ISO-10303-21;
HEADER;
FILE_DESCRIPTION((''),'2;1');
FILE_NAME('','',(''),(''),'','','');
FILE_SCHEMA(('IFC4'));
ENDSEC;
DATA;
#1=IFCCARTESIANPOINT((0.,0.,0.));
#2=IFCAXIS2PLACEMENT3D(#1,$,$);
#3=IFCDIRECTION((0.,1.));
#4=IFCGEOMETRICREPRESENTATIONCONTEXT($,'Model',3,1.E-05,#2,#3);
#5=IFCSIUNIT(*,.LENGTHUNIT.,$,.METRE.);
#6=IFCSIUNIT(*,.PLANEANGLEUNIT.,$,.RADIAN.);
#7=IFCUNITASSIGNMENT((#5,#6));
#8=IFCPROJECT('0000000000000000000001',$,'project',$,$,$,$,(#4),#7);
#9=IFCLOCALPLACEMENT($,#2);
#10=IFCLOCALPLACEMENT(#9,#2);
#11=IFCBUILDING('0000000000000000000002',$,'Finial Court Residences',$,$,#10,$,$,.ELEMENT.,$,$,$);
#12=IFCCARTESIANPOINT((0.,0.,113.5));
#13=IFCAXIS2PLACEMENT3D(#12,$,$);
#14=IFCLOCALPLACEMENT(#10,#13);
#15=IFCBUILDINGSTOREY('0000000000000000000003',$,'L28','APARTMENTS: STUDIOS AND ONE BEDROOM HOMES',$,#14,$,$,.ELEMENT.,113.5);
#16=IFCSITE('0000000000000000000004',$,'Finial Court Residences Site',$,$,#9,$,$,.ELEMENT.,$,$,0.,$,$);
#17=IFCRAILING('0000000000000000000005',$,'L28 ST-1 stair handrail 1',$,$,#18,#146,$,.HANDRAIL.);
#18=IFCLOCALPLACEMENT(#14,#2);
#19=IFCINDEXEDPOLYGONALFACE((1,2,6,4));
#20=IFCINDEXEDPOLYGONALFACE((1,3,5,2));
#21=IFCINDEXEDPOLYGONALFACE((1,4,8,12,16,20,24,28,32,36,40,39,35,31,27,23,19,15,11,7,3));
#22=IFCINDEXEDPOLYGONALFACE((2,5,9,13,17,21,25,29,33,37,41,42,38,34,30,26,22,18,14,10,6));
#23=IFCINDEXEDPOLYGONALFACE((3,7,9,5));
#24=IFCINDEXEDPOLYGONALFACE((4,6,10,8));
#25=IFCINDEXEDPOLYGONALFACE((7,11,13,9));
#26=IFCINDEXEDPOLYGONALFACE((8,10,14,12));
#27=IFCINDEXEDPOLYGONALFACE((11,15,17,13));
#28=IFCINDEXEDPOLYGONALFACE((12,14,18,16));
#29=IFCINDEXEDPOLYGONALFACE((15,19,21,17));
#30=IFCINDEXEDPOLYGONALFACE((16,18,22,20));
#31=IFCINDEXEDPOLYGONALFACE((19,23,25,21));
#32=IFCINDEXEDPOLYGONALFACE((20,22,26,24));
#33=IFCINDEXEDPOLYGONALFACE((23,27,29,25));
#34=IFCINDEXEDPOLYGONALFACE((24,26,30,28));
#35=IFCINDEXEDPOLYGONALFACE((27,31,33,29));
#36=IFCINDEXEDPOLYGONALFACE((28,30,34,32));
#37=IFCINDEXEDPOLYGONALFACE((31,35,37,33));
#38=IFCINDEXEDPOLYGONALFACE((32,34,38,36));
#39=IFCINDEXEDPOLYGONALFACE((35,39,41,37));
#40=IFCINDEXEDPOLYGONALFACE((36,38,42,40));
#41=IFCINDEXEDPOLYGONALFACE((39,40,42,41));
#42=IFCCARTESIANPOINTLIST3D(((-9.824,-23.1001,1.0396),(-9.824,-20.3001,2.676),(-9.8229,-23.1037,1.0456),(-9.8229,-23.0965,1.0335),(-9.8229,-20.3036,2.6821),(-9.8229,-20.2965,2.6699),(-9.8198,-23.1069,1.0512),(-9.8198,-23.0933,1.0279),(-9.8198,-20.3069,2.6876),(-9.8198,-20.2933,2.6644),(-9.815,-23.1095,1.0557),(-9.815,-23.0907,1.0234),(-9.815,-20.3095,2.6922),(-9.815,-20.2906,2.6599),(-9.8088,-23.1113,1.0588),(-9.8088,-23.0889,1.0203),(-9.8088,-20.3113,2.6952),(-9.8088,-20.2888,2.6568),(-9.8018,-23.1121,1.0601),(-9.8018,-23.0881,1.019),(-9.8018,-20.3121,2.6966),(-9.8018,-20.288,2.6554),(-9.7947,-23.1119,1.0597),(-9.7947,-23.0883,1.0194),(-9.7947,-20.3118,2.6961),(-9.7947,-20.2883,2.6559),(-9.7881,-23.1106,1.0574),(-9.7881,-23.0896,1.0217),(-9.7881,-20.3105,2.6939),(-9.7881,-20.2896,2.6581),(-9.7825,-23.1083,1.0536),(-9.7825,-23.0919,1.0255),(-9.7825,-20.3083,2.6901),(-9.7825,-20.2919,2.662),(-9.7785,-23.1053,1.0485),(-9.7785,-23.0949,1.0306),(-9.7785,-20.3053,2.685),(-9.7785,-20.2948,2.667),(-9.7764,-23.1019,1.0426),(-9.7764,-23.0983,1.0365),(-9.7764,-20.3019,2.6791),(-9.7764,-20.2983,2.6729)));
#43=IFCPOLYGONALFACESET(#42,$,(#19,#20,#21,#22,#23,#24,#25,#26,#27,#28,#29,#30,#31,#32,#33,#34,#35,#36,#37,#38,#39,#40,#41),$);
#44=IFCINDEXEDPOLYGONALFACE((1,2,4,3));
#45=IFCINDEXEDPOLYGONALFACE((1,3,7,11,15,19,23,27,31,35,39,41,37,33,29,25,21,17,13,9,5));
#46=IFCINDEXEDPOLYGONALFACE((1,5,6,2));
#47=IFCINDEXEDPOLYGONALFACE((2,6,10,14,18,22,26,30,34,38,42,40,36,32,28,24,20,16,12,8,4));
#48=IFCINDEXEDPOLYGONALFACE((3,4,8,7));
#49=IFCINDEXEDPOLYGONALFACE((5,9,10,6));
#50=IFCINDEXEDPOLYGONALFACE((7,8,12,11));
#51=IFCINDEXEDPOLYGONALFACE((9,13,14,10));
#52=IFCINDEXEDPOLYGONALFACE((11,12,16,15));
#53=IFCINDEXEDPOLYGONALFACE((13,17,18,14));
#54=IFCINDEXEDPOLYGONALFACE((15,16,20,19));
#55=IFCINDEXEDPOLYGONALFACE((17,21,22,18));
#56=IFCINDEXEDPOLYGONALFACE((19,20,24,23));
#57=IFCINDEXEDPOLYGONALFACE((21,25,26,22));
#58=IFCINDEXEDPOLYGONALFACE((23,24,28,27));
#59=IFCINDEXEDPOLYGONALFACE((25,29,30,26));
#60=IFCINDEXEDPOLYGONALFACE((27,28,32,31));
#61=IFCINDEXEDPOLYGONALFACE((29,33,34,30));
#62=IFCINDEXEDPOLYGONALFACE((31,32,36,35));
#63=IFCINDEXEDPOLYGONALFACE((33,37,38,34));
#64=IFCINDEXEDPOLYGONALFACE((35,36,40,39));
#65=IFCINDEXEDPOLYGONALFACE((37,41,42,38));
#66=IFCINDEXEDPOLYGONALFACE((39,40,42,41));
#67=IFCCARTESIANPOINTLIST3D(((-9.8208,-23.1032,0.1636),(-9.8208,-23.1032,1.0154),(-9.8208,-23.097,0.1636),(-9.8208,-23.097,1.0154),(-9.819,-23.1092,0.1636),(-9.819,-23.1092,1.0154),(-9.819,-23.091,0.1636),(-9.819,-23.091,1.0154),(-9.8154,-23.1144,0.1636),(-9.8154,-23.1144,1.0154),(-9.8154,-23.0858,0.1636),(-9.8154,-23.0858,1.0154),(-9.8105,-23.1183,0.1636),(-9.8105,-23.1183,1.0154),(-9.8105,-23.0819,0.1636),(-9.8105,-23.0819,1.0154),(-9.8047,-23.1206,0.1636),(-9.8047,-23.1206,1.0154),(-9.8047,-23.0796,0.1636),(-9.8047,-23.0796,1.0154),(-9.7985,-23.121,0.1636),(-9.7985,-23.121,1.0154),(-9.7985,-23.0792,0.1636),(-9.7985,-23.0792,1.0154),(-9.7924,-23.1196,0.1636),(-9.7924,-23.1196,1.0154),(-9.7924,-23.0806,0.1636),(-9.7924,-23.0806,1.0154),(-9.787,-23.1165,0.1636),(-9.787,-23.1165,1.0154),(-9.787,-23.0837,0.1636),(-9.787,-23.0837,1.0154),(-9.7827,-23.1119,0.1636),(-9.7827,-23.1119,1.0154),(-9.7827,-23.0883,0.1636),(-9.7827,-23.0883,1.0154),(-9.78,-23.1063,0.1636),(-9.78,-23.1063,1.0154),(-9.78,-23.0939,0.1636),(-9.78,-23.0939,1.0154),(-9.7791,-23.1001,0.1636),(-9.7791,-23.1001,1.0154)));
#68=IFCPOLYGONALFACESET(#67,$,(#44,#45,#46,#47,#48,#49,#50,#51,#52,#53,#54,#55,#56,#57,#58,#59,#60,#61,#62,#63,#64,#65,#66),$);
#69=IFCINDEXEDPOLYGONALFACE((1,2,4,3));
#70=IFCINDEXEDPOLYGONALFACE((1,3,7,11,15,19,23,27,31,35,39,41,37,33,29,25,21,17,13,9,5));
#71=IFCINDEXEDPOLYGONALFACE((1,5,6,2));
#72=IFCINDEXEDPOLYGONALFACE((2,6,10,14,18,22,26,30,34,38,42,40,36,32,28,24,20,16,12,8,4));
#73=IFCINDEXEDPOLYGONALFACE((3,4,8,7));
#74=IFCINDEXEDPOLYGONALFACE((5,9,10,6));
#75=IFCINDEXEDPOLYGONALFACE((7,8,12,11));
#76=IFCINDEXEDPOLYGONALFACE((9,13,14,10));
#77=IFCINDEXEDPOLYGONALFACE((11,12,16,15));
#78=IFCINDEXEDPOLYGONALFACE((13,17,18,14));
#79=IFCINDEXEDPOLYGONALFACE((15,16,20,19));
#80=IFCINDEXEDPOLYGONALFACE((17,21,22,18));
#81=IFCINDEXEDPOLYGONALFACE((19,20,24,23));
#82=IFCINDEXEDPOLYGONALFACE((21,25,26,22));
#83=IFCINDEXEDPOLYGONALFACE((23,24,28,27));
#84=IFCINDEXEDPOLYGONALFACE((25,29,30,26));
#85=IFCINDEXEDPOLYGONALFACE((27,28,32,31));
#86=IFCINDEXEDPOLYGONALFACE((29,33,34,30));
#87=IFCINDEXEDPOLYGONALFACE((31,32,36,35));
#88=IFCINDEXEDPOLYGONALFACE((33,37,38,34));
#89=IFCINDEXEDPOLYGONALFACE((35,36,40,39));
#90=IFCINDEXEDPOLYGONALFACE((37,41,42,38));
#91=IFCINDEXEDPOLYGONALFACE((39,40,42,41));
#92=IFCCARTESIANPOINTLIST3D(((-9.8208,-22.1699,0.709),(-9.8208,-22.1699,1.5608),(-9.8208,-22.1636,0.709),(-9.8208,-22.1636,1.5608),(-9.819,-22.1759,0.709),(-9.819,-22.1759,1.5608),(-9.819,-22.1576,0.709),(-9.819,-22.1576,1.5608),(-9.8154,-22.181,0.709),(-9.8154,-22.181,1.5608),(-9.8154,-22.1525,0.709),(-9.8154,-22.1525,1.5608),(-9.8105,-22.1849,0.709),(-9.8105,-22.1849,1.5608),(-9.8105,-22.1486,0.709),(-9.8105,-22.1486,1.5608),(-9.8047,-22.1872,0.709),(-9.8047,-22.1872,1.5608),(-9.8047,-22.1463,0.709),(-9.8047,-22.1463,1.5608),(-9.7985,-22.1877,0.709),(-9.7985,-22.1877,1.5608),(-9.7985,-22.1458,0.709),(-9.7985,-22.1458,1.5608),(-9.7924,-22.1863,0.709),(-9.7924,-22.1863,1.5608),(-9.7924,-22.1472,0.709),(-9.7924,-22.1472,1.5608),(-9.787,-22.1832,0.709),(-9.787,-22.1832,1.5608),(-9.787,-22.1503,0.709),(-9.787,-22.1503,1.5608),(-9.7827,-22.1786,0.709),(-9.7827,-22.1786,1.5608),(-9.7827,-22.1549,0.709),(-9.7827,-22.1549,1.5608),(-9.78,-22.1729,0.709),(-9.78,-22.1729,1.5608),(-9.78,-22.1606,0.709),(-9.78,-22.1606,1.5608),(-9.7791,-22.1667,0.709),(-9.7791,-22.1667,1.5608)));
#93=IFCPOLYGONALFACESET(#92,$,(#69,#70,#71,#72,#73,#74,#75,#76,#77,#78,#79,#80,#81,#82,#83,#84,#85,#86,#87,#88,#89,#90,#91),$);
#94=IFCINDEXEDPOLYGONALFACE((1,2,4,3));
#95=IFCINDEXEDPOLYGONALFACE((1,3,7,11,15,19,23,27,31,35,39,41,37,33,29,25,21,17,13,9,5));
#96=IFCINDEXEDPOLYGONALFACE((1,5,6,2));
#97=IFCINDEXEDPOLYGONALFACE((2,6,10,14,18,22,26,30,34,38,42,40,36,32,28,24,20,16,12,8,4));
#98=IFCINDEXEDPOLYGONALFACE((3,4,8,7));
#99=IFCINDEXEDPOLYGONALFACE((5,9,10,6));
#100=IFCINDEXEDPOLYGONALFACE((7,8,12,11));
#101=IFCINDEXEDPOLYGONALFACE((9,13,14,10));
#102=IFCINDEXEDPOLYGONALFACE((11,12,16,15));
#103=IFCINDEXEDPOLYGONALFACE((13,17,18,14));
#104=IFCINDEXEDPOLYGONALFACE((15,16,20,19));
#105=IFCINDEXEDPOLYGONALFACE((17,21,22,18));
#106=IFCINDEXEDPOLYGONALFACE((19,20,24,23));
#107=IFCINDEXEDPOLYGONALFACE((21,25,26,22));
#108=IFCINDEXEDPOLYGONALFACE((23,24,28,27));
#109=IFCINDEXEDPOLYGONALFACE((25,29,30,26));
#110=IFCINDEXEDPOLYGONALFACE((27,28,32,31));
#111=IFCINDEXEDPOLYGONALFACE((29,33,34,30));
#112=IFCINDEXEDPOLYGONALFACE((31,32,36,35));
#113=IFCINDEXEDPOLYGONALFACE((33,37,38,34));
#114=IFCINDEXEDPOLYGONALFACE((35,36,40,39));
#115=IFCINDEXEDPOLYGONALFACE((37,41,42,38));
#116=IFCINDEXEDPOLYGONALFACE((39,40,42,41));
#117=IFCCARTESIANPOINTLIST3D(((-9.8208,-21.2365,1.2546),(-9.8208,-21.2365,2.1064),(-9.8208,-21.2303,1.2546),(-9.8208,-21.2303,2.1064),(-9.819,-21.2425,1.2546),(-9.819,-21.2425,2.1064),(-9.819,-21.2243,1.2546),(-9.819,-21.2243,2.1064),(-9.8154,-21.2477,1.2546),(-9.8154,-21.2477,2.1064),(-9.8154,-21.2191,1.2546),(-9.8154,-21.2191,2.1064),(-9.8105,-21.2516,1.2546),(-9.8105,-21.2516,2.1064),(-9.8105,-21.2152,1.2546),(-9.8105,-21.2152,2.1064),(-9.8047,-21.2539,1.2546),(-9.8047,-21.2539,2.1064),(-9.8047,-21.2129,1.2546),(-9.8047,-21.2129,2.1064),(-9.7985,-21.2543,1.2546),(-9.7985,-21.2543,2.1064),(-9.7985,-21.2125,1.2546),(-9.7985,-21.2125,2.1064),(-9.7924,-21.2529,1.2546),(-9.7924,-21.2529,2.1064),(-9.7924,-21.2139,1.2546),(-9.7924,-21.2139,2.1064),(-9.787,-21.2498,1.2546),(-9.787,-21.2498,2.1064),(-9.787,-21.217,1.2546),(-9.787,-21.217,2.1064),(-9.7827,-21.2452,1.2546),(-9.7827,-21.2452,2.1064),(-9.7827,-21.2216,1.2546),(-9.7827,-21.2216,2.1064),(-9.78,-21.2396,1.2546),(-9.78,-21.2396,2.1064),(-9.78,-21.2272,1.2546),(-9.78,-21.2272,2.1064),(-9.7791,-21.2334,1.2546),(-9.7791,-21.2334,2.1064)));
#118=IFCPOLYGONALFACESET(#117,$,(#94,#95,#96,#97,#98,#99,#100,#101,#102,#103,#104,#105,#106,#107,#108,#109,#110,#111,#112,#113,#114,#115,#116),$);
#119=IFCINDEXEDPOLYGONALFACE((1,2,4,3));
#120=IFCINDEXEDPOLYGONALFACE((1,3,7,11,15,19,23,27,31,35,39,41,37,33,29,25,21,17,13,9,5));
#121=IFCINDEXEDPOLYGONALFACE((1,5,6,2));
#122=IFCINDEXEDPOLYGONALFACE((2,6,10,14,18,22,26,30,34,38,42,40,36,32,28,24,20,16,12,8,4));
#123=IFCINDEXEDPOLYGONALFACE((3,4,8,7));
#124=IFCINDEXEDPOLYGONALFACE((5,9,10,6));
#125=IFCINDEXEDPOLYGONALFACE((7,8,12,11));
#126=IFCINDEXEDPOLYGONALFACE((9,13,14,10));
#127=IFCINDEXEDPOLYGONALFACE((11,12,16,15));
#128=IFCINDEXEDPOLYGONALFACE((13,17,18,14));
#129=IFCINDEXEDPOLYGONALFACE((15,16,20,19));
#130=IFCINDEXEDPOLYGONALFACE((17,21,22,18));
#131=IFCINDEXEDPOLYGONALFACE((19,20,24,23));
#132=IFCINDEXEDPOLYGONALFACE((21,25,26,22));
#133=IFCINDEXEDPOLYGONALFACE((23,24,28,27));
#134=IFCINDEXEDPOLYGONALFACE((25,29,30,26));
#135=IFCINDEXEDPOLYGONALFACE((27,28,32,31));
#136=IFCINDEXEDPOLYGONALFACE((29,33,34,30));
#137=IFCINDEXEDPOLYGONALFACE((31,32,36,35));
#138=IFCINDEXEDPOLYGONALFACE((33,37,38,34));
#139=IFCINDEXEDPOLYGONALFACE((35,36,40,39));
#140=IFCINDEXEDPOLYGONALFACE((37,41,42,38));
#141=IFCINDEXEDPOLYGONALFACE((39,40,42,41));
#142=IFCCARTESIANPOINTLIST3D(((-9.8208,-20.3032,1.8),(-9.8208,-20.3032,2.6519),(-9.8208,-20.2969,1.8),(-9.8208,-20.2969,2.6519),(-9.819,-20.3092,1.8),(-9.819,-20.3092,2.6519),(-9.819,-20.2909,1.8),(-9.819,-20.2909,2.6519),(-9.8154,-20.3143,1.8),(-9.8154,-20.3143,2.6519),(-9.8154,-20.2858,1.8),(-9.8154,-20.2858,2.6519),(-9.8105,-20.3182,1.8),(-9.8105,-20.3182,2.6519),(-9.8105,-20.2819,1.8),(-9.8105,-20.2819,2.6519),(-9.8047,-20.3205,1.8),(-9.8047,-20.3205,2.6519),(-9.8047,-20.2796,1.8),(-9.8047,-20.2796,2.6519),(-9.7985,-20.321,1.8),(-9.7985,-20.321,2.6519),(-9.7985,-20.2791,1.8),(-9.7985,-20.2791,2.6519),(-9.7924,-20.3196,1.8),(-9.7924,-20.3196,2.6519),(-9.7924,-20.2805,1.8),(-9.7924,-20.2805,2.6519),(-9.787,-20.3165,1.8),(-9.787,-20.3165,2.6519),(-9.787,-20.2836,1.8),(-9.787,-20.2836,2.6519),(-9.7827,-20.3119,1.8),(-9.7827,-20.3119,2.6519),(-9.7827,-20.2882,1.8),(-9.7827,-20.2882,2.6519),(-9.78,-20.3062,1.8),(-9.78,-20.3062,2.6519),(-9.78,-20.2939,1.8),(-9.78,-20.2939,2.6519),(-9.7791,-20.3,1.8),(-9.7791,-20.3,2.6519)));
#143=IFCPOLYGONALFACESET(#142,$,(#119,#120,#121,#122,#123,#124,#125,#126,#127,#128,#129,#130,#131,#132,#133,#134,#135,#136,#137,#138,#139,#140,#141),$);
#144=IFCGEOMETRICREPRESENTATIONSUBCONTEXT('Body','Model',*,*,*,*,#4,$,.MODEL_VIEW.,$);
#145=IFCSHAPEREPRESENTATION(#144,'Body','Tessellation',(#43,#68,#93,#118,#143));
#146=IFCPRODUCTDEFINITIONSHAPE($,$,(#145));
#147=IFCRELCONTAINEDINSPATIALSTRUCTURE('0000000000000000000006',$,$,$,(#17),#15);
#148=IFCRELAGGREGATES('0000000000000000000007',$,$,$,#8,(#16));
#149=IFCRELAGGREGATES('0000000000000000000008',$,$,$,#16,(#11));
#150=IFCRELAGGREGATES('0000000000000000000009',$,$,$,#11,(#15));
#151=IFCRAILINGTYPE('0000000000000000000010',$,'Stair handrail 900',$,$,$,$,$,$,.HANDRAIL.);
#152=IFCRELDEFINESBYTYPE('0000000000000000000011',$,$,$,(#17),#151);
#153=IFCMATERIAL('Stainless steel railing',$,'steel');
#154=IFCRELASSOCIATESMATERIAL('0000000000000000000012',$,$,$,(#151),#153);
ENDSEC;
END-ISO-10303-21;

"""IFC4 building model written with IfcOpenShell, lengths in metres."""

from ifc_helpers import new_model, si_unit, direction, frame, origin, origin_2d, place, context, subcontext, project, spatial, circle, extrude, material, type_object, element, save


model = new_model("IFC4")

# Units and contexts
model_context = context("Model", 3, precision=1e-05, world=origin(), true_north=direction((0.0, 1.0)))
body_context = subcontext(model_context, "Body", "Model", "MODEL_VIEW")
ifc_project = project(units=[si_unit("LENGTHUNIT", "METRE"), si_unit("PLANEANGLEUNIT", "RADIAN")], contexts=[model_context])

# Site, building, storey
site_placement = place(None, origin())
site = spatial("IfcSite", under=ifc_project, at=site_placement, Name="Finial Court Residences Site", CompositionType="ELEMENT", RefElevation=0.0)
building_placement = place(site_placement, origin())
building = spatial("IfcBuilding", under=site, at=building_placement, Name="Finial Court Residences", CompositionType="ELEMENT")
storey_placement = place(building_placement, frame((0.0, 0.0, 113.5)))
storey = spatial("IfcBuildingStorey", under=building, at=storey_placement, Name="L28", Description="APARTMENTS: STUDIOS AND ONE BEDROOM HOMES", CompositionType="ELEMENT", Elevation=113.5)

# Railing
ifc_material_1 = material(Name="Stainless steel railing", Category="steel")
railing_type_1 = type_object("IfcRailingType", Name="Stair handrail 900", PredefinedType="HANDRAIL", material=ifc_material_1)
railing_1_placement = place(storey_placement, frame((-9.8, -23.1001, 0.1636)))
element("IfcRailing", 1, at=railing_1_placement, inside=storey, type_object=railing_type_1, Name="L28 ST-1 stair handrail 1", PredefinedType="HANDRAIL", context=body_context, shape_type="SweptSolid", body=[
    extrude(circle(Radius=0.0239, at=origin_2d()), frame((0.0, 0.0, 0.876), z_axis=(0.0, 0.863361, 0.504587), x_axis=(-1.0, 0.0, 0.0)), (0.0, 0.0, 1.0), 3.2432),
    extrude(circle(Radius=0.021, at=origin_2d()), origin(), (0.0, 0.0, 1.0), 0.8518),
    extrude(circle(Radius=0.021, at=origin_2d()), frame((0.0, 0.9333, 0.5454)), (0.0, 0.0, 1.0), 0.8518),
    extrude(circle(Radius=0.021, at=origin_2d()), frame((0.0, 1.8667, 1.0911)), (0.0, 0.0, 1.0), 0.8518),
    extrude(circle(Radius=0.021, at=origin_2d()), frame((0.0, 2.8, 1.6365)), (0.0, 0.0, 1.0), 0.8518),
])

save(model, "model.ifc")
